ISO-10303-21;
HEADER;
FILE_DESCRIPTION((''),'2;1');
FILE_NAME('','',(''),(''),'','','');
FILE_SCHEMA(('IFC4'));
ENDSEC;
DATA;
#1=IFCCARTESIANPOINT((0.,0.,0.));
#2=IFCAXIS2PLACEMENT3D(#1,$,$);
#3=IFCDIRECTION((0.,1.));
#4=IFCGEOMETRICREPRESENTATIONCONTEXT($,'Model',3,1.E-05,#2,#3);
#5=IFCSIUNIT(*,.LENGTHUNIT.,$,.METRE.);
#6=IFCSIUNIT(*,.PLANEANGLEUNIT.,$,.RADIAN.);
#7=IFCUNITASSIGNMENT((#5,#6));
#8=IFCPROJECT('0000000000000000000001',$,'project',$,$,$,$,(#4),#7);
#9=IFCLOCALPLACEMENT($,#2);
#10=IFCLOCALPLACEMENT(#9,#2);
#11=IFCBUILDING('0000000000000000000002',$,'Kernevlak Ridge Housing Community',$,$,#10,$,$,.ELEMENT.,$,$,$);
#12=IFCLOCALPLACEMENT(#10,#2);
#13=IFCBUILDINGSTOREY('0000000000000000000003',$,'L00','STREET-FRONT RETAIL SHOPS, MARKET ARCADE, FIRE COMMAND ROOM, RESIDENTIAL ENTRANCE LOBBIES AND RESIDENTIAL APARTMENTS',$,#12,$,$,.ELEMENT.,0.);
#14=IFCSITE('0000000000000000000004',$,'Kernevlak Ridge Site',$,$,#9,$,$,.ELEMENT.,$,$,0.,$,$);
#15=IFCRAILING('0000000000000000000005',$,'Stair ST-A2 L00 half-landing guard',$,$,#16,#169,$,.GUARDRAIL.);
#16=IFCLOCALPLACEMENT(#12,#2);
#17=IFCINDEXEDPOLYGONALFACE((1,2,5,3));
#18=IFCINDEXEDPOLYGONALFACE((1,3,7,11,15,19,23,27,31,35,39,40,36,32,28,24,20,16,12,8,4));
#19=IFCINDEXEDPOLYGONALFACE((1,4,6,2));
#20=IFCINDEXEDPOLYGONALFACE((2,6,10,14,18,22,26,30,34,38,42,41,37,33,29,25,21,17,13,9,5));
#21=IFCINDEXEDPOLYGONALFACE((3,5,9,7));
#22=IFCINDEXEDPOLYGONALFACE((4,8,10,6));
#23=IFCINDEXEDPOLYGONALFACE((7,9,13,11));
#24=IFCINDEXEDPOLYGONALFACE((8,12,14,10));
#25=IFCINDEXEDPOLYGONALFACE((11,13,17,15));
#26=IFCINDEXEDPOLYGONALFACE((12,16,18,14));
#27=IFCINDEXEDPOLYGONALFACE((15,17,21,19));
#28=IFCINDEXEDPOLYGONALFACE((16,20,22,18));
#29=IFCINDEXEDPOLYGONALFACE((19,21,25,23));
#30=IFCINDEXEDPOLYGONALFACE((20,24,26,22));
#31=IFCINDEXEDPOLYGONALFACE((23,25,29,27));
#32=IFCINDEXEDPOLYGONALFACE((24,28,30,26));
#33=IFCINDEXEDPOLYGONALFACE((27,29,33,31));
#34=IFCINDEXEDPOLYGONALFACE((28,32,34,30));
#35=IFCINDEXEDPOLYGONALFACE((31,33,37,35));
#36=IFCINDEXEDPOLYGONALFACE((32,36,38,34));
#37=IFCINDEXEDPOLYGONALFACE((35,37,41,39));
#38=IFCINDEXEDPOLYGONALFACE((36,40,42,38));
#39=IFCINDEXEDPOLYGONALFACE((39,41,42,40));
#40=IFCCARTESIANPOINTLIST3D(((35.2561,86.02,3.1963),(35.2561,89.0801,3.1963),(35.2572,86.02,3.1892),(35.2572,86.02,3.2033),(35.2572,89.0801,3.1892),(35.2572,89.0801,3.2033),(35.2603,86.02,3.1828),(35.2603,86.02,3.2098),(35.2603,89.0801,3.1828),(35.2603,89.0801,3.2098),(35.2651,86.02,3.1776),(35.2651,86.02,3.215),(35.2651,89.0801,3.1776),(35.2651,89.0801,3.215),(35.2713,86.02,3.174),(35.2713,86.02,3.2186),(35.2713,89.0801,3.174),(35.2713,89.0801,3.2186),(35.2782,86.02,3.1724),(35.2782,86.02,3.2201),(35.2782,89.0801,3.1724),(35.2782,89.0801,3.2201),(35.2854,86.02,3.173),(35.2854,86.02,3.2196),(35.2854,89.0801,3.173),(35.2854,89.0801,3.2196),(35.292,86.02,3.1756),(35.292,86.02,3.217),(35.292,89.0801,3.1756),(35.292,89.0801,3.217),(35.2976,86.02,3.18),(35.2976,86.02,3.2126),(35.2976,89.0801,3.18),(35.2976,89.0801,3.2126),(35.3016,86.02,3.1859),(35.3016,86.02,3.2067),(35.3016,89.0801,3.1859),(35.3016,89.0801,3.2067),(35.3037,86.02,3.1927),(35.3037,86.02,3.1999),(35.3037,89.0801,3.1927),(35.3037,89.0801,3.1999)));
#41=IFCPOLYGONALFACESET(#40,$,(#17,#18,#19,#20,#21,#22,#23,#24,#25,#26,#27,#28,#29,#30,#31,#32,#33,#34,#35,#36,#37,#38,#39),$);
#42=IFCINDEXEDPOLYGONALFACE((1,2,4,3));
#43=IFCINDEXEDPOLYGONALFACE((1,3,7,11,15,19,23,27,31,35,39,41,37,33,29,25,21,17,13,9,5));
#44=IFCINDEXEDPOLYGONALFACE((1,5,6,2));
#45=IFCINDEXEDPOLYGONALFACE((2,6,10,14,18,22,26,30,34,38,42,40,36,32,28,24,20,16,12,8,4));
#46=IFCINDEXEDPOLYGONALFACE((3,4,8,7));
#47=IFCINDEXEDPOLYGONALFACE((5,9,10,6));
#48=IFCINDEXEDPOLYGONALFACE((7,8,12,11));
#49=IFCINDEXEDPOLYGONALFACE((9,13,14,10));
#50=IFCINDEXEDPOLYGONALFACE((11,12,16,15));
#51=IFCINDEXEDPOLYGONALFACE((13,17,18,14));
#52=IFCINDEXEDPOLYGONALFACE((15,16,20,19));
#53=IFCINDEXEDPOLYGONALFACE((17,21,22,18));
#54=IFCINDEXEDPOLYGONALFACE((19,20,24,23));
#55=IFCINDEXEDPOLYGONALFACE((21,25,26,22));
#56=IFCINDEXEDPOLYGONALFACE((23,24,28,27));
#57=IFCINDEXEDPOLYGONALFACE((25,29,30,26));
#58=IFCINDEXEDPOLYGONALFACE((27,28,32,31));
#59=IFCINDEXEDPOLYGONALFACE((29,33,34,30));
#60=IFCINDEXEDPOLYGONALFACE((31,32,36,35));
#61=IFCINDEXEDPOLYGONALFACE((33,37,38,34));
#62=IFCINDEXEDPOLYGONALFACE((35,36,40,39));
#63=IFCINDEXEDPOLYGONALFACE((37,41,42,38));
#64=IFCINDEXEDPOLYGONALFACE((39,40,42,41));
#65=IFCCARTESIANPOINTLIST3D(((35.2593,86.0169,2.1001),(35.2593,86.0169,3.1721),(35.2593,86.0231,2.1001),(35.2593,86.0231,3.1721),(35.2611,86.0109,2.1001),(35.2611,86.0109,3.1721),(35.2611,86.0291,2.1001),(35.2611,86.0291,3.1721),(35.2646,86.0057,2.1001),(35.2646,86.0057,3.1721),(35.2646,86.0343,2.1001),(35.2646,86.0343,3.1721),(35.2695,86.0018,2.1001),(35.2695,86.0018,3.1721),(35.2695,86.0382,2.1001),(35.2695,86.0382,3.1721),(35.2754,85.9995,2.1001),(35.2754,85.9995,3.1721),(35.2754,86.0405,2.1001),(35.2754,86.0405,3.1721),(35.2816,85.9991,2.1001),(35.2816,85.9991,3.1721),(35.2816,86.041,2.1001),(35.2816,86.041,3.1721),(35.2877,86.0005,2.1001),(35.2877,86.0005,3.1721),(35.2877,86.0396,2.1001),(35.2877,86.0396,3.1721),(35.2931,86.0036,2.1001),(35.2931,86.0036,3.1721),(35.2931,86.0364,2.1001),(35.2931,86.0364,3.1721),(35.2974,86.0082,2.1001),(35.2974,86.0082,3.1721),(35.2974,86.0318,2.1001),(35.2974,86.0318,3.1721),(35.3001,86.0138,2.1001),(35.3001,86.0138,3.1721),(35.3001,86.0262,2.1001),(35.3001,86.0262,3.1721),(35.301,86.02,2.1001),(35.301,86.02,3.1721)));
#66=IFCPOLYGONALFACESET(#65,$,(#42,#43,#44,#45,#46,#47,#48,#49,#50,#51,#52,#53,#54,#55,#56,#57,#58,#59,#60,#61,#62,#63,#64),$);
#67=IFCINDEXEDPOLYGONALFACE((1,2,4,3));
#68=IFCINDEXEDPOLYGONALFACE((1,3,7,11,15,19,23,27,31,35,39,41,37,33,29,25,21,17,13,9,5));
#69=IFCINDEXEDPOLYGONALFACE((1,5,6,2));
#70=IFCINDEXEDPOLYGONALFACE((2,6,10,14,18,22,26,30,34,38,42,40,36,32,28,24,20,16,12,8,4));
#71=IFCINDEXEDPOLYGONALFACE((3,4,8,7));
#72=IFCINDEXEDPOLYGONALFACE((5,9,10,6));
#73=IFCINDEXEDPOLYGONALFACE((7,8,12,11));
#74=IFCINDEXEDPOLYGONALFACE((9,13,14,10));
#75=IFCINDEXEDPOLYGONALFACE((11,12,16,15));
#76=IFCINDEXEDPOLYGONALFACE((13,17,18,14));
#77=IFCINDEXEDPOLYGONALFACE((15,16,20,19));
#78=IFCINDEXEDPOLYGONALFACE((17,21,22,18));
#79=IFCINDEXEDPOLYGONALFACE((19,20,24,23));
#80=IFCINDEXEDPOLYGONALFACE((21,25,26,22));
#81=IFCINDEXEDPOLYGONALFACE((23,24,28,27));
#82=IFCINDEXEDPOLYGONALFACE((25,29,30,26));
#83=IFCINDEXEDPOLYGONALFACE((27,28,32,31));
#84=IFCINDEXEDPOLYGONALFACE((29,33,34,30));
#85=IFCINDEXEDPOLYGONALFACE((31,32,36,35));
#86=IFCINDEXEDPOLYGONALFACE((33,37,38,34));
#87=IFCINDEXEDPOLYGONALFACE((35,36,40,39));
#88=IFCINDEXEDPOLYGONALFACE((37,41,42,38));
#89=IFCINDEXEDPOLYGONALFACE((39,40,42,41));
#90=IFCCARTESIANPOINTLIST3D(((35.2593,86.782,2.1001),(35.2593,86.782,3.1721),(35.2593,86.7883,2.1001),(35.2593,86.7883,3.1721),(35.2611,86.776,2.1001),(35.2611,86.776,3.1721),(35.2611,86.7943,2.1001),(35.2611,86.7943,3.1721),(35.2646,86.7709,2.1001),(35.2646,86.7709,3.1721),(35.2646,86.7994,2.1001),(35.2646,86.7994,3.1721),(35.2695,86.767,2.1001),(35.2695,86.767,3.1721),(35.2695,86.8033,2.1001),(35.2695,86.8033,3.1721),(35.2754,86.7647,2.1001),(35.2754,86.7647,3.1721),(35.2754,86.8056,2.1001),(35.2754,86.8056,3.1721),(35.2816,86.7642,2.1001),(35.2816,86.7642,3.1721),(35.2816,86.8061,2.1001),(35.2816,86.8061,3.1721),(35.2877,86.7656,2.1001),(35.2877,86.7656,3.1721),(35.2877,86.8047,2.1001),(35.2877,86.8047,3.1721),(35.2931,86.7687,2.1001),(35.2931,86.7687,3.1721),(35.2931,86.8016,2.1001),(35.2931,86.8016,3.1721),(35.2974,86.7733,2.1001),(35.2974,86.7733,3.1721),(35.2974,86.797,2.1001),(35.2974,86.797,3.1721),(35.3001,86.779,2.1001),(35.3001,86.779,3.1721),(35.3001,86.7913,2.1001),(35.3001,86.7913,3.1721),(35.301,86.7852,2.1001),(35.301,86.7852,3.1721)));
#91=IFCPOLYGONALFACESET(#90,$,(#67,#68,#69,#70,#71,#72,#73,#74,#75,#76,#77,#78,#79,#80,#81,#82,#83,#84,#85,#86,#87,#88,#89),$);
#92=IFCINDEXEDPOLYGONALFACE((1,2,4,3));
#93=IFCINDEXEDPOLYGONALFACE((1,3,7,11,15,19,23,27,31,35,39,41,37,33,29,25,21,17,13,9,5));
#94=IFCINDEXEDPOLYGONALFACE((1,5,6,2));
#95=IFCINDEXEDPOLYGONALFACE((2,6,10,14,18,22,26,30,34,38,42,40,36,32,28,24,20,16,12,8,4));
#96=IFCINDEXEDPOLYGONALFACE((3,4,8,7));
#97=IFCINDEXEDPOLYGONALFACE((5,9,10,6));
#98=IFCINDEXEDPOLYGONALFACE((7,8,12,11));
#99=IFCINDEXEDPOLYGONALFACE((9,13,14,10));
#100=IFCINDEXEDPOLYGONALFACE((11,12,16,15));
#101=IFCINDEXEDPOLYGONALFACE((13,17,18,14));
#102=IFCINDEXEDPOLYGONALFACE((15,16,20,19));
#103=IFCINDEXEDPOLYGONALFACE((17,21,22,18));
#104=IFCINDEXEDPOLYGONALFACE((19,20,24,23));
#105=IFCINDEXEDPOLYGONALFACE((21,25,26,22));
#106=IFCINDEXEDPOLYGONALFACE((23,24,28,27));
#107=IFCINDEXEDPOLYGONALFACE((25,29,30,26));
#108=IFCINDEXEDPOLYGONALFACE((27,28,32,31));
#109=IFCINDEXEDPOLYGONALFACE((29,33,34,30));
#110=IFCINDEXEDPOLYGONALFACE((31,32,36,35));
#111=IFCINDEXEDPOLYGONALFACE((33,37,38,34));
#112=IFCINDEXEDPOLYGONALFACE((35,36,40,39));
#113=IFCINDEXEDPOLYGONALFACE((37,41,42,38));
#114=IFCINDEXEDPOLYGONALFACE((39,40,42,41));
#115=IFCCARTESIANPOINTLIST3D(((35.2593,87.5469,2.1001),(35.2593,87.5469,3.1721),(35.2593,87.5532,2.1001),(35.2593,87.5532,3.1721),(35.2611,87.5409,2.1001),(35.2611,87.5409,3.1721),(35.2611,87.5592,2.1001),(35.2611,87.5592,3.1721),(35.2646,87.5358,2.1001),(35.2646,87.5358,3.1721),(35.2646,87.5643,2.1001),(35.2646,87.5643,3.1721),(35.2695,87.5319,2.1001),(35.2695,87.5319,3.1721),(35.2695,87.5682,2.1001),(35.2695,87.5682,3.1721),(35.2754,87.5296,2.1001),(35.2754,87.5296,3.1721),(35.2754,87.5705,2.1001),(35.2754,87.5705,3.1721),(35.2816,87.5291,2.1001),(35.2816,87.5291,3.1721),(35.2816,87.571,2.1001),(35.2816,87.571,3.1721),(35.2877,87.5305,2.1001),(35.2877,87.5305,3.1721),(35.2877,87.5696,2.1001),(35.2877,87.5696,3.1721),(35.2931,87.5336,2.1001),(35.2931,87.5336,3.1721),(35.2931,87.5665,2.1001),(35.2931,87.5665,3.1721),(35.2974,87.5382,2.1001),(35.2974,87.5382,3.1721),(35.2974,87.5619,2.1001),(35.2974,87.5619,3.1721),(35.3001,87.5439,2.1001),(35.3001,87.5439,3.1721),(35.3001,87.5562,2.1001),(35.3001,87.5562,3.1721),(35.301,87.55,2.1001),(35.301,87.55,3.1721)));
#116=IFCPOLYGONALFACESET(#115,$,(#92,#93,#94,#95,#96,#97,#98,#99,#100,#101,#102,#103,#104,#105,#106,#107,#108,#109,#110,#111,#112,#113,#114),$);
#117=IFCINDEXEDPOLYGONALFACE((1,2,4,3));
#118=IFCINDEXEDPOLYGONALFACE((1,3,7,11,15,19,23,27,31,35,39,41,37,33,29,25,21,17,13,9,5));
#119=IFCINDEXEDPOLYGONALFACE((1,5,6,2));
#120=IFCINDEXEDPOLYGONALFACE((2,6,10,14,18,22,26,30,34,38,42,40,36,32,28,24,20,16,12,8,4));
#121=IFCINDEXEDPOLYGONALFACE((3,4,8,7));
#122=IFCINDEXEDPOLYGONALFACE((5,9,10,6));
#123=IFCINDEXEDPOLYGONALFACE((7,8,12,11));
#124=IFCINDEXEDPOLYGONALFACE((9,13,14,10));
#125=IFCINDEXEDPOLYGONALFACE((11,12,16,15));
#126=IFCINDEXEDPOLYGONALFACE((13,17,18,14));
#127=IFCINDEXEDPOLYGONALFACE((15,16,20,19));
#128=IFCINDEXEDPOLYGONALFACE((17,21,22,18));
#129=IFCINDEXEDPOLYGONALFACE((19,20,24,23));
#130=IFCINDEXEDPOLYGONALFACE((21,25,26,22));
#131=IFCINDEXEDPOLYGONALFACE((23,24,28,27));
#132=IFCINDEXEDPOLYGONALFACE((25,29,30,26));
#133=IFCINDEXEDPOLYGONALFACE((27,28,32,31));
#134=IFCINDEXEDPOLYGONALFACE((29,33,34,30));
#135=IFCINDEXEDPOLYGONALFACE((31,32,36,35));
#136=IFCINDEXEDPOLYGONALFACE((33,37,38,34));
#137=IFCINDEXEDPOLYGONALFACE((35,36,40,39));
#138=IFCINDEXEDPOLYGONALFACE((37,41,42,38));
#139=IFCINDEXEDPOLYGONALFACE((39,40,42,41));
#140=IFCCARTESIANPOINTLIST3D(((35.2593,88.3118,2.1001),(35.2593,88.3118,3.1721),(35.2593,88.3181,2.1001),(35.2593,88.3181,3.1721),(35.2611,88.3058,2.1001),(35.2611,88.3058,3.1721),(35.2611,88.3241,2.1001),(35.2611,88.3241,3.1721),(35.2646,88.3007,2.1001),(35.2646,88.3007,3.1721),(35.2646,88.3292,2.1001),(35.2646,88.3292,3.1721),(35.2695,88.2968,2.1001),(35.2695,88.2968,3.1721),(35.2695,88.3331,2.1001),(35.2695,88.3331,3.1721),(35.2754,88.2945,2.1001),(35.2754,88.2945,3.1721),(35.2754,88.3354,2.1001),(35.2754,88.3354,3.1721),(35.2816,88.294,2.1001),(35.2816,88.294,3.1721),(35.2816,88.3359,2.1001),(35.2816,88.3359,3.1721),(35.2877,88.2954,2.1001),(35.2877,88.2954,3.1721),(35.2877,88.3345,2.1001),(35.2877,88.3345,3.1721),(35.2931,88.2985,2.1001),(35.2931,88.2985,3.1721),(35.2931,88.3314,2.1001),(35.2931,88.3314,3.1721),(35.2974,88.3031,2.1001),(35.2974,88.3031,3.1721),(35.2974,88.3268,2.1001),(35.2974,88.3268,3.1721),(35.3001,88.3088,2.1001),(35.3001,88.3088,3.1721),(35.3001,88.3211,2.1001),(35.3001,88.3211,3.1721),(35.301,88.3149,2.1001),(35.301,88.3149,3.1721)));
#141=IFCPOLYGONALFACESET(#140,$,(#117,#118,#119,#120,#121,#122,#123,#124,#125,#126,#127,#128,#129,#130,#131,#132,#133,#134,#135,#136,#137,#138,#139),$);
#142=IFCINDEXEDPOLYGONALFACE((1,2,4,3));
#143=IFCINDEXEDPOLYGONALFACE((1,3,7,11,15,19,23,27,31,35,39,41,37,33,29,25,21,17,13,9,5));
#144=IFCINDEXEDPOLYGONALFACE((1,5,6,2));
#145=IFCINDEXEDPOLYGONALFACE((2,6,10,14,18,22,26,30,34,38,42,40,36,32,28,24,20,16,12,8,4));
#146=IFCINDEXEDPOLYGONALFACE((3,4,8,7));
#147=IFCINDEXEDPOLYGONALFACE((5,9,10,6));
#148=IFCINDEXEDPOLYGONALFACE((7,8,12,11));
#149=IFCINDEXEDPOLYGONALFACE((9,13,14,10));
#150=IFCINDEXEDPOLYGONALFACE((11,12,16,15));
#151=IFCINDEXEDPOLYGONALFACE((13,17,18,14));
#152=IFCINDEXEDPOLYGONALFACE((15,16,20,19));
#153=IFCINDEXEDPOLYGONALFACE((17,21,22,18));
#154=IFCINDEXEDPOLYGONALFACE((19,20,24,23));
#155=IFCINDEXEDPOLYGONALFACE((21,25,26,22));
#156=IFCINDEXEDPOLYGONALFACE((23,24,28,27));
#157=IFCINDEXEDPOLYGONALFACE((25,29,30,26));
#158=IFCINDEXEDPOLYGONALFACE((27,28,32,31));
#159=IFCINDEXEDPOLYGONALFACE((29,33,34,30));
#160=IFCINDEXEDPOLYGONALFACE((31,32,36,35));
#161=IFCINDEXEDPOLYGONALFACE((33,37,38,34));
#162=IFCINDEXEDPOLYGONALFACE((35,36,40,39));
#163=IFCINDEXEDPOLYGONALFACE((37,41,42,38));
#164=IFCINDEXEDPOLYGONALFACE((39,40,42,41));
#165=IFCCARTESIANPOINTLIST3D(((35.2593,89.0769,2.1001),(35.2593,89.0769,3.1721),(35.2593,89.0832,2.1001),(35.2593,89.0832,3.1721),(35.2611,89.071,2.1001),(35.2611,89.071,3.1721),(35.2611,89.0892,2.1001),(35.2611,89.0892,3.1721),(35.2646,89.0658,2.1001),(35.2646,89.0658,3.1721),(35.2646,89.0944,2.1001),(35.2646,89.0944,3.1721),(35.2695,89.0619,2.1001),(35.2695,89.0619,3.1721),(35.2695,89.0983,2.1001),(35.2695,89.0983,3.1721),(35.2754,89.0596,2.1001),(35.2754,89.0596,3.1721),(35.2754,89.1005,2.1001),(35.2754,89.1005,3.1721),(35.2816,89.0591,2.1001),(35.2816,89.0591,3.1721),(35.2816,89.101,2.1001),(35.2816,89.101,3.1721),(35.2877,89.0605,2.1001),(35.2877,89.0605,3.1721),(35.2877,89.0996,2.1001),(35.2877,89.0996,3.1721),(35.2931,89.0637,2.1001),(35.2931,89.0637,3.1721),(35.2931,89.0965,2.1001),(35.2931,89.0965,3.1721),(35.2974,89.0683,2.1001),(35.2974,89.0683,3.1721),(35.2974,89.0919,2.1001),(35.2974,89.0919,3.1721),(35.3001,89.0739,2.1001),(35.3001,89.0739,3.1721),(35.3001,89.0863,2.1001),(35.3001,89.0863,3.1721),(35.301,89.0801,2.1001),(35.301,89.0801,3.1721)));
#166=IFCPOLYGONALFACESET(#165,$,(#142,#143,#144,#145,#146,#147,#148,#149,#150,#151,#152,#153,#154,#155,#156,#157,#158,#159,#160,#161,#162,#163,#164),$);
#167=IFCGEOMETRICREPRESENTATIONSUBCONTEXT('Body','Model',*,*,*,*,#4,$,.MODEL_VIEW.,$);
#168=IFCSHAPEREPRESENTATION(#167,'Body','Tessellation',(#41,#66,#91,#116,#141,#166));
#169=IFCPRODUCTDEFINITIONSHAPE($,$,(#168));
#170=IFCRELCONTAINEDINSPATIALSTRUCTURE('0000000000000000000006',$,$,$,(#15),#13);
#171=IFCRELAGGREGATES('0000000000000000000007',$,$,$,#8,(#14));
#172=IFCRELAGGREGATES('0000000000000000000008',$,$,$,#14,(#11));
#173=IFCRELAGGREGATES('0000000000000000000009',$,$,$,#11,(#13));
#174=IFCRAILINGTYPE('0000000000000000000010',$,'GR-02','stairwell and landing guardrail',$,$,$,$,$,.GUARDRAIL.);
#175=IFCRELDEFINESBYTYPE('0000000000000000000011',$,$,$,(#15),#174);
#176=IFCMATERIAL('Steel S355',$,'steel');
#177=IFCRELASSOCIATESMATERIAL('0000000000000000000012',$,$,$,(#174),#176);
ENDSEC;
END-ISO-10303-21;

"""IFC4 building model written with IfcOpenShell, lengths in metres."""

from ifc_helpers import new_model, si_unit, direction, frame, origin, origin_2d, place, context, subcontext, project, spatial, circle, extrude, material, type_object, element, save


model = new_model("IFC4")

# Units and contexts
model_context = context("Model", 3, precision=1e-05, world=origin(), true_north=direction((0.0, 1.0)))
body_context = subcontext(model_context, "Body", "Model", "MODEL_VIEW")
ifc_project = project(units=[si_unit("LENGTHUNIT", "METRE"), si_unit("PLANEANGLEUNIT", "RADIAN")], contexts=[model_context])

# Site, building, storey
site_placement = place(None, origin())
site = spatial("IfcSite", under=ifc_project, at=site_placement, Name="Kernevlak Ridge Site", CompositionType="ELEMENT", RefElevation=0.0)
building_placement = place(site_placement, origin())
building = spatial("IfcBuilding", under=site, at=building_placement, Name="Kernevlak Ridge Housing Community", CompositionType="ELEMENT")
storey_placement = place(building_placement, origin())
storey = spatial("IfcBuildingStorey", under=building, at=storey_placement, Name="L00", Description="STREET-FRONT RETAIL SHOPS, MARKET ARCADE, FIRE COMMAND ROOM, RESIDENTIAL ENTRANCE LOBBIES AND RESIDENTIAL APARTMENTS", CompositionType="ELEMENT", Elevation=0.0)

# Railing
ifc_material_1 = material(Name="Steel S355", Category="steel")
railing_type_1 = type_object("IfcRailingType", Name="GR-02", Description="stairwell and landing guardrail", PredefinedType="GUARDRAIL", material=ifc_material_1)
railing_1_placement = place(storey_placement, frame((35.28, 86.02, 2.1001)))
element("IfcRailing", 1, at=railing_1_placement, inside=storey, type_object=railing_type_1, Name="Stair ST-A2 L00 half-landing guard", PredefinedType="GUARDRAIL", context=body_context, shape_type="SweptSolid", body=[
    extrude(circle(Radius=0.0239, at=origin_2d()), frame((0.0, 0.0, 1.0962), z_axis=(0.0, 1.0, 0.0), x_axis=(-1.0, 0.0, 0.0)), (0.0, 0.0, 1.0), 3.0601),
    extrude(circle(Radius=0.021, at=origin_2d()), origin(), (0.0, 0.0, 1.0), 1.072),
    extrude(circle(Radius=0.021, at=origin_2d()), frame((0.0, 0.7651, 0.0)), (0.0, 0.0, 1.0), 1.072),
    extrude(circle(Radius=0.021, at=origin_2d()), frame((0.0, 1.53, 0.0)), (0.0, 0.0, 1.0), 1.072),
    extrude(circle(Radius=0.021, at=origin_2d()), frame((0.0, 2.2949, 0.0)), (0.0, 0.0, 1.0), 1.072),
    extrude(circle(Radius=0.021, at=origin_2d()), frame((0.0, 3.0601, 0.0)), (0.0, 0.0, 1.0), 1.072),
])

save(model, "model.ifc")
